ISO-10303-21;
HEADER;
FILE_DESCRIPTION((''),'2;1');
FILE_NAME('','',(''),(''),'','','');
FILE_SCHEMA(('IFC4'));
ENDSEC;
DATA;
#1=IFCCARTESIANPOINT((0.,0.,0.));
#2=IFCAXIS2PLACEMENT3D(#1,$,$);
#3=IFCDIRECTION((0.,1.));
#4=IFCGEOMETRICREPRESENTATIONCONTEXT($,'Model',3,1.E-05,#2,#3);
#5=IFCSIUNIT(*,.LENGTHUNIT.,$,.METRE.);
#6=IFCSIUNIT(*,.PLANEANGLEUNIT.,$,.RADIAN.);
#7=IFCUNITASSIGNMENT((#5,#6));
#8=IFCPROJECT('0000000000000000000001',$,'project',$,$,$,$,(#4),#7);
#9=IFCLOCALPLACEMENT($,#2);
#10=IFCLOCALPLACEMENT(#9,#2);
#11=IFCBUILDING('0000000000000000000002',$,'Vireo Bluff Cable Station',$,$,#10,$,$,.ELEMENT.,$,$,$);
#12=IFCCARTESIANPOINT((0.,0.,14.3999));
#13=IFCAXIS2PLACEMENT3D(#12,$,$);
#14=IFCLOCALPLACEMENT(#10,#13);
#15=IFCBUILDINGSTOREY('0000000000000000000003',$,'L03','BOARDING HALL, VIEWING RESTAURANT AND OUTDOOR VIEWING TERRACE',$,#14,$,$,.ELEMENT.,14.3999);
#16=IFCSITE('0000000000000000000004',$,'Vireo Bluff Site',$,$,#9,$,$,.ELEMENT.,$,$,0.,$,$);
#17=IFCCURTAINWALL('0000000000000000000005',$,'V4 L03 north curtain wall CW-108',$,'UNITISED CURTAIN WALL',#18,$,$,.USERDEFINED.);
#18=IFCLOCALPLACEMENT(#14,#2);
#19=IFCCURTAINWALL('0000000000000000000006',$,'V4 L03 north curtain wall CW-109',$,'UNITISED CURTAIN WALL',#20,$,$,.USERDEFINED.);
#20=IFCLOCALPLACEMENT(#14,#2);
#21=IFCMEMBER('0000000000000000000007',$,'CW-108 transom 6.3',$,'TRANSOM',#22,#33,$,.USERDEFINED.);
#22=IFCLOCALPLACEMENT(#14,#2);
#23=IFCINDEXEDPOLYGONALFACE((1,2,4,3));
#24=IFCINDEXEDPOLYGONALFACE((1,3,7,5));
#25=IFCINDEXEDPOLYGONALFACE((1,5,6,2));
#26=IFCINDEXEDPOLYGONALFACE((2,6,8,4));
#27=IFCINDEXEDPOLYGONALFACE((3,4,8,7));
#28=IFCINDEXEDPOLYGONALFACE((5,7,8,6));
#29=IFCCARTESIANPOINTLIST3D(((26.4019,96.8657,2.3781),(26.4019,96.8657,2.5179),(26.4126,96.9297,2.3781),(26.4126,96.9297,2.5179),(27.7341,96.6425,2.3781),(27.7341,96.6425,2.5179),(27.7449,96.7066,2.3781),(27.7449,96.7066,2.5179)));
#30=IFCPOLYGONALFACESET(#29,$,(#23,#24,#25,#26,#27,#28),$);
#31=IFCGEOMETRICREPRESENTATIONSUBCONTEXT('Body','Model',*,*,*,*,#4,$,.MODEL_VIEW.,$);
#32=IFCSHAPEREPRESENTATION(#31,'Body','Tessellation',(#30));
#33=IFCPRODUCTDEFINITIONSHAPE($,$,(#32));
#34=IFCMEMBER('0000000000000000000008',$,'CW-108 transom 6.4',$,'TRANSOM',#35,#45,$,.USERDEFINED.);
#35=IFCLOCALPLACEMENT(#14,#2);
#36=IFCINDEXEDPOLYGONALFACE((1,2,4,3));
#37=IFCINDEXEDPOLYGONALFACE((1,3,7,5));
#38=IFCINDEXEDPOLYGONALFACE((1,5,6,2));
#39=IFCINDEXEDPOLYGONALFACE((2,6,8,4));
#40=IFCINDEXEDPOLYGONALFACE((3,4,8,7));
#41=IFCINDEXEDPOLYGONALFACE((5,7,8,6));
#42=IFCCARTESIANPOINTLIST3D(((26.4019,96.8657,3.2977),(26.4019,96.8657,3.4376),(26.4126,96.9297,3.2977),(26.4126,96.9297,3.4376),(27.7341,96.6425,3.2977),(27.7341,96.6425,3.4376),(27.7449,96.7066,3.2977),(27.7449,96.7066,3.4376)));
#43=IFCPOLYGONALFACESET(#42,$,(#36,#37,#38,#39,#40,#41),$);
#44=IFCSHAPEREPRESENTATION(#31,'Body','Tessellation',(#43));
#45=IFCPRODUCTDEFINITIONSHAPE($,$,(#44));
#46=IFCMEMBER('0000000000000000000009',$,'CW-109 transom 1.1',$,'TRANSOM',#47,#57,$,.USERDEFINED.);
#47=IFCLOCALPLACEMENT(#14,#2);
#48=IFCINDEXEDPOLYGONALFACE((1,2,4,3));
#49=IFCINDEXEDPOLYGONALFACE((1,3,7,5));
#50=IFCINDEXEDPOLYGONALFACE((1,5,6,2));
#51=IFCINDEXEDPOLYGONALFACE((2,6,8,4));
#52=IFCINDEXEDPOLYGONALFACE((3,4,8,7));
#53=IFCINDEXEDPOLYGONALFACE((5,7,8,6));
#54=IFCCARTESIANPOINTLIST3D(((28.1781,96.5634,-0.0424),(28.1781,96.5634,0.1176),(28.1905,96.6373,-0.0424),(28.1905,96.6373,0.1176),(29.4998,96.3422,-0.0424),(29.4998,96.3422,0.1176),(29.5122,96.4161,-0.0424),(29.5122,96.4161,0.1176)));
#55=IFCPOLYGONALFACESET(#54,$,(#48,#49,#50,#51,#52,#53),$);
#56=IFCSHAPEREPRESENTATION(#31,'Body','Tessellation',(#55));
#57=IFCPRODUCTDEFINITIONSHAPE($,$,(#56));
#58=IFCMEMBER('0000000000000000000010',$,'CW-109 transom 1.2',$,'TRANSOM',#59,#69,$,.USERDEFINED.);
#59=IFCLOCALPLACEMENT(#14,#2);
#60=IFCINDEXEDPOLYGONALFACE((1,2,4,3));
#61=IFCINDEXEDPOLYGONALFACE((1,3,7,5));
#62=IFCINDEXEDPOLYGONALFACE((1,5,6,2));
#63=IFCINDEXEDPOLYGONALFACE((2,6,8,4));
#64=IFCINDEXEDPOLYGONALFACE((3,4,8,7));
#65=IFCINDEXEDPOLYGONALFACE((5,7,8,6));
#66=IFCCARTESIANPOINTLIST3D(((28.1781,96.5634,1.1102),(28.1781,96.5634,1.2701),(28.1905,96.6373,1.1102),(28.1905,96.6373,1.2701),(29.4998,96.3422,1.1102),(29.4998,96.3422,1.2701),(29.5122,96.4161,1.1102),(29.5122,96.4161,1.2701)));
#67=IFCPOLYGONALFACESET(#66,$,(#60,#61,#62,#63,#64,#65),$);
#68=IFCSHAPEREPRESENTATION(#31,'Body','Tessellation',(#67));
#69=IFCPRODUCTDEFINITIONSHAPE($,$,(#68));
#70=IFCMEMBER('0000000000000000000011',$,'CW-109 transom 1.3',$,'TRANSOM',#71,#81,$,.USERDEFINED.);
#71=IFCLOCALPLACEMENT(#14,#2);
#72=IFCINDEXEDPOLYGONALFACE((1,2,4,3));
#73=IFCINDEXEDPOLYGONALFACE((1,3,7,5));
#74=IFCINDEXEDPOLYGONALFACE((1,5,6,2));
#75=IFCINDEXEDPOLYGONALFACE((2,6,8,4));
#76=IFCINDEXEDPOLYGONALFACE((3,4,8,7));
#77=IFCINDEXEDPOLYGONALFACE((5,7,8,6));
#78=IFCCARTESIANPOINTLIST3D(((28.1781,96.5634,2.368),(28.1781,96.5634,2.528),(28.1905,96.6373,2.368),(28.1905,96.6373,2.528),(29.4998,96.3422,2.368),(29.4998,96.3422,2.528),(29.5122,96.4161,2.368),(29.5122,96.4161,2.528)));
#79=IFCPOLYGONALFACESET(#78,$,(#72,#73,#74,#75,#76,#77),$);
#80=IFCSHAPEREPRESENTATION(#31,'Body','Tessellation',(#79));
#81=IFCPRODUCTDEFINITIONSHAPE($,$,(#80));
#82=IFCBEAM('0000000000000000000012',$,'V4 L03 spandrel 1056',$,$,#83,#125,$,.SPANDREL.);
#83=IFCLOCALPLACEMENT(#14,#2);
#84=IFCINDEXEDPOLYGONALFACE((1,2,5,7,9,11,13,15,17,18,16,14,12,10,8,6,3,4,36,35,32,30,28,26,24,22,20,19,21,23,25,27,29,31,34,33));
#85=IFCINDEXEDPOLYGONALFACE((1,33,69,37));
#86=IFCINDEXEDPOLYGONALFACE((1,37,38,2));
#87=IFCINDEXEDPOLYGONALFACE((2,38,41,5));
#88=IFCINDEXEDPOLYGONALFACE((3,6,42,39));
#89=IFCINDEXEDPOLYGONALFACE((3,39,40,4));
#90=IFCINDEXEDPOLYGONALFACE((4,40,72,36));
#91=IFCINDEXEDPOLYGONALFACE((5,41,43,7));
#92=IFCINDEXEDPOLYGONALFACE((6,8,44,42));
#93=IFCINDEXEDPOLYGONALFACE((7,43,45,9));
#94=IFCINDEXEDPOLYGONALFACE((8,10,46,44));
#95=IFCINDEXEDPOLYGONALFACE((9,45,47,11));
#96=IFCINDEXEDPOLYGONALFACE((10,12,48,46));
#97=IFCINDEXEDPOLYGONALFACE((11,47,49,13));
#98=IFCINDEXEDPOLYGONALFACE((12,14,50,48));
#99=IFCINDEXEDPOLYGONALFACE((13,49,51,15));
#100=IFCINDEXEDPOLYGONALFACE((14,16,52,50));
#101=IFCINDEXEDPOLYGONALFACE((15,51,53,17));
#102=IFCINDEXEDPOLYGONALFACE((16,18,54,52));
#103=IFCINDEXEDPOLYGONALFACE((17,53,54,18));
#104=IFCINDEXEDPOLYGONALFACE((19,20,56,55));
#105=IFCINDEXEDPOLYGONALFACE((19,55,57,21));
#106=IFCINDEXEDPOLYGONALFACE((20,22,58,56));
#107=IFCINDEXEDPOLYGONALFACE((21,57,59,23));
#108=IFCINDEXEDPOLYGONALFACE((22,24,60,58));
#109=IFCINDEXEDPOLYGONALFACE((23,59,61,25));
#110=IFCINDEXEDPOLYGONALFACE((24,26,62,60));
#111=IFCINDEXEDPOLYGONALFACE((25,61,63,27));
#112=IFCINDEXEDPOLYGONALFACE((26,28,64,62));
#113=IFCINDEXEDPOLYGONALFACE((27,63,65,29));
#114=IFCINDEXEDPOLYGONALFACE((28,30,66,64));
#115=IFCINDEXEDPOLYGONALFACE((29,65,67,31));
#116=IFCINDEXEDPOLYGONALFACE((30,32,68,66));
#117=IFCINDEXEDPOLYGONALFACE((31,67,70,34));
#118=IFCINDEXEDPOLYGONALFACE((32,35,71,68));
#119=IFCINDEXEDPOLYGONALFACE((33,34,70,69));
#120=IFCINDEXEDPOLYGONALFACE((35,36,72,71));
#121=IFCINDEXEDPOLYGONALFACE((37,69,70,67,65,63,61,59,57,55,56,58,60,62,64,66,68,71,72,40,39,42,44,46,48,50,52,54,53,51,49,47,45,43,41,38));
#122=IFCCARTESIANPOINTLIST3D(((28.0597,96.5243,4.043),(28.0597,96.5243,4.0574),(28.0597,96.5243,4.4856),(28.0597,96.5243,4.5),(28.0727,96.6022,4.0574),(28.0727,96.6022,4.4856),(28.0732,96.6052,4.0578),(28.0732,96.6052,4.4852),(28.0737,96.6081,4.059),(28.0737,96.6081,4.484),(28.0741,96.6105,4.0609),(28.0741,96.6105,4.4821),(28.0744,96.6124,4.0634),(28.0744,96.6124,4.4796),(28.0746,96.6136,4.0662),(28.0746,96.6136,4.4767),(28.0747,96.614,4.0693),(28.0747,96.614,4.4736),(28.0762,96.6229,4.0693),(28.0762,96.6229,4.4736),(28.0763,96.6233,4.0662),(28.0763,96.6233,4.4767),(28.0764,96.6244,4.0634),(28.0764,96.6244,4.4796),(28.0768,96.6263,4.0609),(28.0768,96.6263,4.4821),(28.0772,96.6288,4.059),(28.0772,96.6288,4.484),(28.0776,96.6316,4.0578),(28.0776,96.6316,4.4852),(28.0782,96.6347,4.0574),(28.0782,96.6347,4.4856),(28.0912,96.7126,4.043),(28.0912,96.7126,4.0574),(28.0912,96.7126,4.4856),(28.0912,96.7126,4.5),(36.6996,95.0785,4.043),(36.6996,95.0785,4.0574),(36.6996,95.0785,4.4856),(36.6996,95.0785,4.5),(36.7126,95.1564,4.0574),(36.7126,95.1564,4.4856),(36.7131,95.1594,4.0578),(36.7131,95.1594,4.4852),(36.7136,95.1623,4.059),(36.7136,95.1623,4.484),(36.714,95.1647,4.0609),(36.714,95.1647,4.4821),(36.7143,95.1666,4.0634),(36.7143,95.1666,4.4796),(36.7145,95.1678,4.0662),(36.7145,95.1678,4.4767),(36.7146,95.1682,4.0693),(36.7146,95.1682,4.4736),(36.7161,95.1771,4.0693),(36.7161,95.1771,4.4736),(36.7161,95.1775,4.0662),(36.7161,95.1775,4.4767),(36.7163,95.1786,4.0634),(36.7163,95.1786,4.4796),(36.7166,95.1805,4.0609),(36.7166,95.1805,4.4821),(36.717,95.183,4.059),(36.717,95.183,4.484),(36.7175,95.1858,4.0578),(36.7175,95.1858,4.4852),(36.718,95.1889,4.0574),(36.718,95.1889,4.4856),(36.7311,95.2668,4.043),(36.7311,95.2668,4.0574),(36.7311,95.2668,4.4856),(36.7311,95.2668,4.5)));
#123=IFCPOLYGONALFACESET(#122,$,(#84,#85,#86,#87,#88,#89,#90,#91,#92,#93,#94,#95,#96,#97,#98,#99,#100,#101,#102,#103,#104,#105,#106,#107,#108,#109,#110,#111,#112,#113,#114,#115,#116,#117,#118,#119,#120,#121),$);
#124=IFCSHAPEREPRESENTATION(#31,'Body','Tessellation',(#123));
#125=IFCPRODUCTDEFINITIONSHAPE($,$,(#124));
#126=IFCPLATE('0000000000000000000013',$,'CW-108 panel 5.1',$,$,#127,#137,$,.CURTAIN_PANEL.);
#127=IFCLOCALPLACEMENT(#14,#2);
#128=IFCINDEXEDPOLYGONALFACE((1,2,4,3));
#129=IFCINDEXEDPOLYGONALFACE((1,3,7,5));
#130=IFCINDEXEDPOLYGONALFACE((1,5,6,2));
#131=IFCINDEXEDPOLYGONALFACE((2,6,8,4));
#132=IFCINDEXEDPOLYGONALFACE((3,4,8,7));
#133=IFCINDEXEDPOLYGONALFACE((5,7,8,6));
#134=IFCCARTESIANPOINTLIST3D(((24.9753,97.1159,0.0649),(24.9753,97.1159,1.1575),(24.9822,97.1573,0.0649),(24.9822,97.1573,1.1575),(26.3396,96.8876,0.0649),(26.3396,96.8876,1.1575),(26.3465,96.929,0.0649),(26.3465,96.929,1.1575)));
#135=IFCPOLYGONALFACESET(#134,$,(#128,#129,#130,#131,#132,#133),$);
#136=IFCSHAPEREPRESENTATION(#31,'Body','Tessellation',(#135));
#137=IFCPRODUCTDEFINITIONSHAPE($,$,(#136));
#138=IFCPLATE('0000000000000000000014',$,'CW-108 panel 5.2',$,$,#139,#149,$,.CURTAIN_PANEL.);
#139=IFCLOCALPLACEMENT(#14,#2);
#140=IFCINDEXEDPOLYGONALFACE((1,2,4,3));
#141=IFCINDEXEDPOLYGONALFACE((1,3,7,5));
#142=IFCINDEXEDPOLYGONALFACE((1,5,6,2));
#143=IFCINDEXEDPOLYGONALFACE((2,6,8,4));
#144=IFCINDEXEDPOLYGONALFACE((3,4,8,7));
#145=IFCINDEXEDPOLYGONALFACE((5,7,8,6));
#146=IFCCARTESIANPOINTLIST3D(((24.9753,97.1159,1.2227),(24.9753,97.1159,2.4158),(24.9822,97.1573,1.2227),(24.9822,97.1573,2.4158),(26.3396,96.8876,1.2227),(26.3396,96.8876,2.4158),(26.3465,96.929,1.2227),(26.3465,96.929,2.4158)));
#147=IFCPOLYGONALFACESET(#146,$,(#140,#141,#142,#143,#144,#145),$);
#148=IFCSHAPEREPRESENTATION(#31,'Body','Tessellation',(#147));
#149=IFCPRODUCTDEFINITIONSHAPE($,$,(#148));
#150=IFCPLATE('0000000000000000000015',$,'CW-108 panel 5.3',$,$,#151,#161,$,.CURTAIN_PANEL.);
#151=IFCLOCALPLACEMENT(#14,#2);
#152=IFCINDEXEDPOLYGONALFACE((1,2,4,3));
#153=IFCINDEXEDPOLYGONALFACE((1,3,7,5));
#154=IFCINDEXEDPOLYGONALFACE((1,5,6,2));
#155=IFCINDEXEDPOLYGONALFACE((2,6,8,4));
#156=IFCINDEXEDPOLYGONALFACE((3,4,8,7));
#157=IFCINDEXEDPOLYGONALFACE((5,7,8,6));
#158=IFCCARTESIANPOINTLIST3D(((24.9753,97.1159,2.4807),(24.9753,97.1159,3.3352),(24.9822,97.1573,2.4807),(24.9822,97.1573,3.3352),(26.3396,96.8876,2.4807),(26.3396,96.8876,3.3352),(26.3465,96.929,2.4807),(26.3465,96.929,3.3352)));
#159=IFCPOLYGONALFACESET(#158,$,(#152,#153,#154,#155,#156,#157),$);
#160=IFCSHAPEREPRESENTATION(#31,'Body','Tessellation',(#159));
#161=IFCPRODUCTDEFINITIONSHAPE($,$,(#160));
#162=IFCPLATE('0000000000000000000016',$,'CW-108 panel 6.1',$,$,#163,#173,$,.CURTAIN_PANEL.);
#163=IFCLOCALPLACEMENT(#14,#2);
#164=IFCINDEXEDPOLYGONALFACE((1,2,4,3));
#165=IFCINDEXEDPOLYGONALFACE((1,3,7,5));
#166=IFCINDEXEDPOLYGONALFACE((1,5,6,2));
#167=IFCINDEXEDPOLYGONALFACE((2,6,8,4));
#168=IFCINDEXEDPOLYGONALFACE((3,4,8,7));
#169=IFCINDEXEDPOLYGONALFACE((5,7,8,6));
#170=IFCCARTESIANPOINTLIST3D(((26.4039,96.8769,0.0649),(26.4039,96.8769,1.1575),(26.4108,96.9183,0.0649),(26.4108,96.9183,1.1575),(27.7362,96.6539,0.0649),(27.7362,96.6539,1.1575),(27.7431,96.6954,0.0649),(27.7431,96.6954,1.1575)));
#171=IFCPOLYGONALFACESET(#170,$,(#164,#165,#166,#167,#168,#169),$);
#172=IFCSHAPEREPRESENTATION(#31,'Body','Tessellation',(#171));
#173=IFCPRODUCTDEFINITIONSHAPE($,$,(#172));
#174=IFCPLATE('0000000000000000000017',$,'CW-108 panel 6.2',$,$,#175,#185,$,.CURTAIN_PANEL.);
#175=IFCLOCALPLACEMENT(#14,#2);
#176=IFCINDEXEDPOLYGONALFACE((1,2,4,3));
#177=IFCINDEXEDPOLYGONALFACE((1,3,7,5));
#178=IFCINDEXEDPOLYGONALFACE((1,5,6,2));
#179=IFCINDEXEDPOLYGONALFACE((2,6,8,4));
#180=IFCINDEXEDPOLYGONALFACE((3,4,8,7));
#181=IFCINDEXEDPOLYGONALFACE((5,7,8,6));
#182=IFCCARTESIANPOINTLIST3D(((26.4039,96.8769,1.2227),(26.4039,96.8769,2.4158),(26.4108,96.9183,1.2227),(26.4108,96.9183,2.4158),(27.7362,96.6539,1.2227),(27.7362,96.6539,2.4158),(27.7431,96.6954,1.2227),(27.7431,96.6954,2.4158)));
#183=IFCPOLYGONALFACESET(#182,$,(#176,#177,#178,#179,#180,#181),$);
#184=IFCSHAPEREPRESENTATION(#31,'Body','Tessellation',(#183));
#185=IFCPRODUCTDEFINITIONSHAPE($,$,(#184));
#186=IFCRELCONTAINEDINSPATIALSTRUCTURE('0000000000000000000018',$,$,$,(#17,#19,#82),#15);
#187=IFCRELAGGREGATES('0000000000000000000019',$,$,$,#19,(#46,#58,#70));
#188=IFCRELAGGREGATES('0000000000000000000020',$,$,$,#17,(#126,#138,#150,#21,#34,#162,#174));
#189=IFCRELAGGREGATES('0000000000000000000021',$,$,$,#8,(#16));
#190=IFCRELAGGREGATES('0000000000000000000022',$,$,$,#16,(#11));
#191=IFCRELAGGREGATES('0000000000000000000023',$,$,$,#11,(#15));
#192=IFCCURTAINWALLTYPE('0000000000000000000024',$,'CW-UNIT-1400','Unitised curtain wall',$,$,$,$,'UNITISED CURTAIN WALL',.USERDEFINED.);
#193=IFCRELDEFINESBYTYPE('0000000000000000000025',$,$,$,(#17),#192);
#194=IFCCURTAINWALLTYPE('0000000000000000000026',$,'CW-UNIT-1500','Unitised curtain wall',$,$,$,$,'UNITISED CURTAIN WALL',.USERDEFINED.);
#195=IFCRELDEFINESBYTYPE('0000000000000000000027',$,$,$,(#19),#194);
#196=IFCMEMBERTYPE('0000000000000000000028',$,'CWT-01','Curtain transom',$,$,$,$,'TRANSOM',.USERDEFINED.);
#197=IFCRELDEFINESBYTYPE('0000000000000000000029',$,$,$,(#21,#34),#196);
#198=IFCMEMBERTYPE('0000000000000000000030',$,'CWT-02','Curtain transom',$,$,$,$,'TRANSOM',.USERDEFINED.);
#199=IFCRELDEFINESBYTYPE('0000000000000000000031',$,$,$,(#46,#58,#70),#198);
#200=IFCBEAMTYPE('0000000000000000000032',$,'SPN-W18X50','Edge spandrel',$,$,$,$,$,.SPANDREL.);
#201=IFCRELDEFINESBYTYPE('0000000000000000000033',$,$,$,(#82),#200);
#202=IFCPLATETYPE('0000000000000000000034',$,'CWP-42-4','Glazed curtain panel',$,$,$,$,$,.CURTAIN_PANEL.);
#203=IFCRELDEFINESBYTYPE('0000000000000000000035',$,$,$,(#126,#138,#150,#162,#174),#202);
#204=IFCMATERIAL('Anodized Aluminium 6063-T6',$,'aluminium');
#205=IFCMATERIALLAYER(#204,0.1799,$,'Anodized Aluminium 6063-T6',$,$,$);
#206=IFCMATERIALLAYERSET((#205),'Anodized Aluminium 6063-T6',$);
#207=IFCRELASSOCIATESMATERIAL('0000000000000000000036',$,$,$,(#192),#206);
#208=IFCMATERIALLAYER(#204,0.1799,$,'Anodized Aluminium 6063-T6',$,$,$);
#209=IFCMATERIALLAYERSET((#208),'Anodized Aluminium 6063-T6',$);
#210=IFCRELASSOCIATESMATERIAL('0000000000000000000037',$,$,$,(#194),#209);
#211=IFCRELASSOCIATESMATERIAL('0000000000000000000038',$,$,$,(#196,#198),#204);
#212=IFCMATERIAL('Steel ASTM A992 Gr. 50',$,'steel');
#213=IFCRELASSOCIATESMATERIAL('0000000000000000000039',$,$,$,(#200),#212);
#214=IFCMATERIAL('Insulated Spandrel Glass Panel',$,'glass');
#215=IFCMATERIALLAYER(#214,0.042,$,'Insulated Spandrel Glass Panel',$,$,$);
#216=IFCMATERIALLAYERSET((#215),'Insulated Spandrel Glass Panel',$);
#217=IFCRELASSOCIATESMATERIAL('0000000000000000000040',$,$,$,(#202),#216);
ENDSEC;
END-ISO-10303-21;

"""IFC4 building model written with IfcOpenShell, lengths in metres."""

from ifc_helpers import new_model, si_unit, direction, frame, origin, origin_2d, place, context, subcontext, project, spatial, rectangle, i_section, extrude, material, layer, layer_set, material_profile, profile_set, type_object, element, aggregate, save


model = new_model("IFC4")

# Units and contexts
model_context = context("Model", 3, precision=1e-05, world=origin(), true_north=direction((0.0, 1.0)))
body_context = subcontext(model_context, "Body", "Model", "MODEL_VIEW")
ifc_project = project(units=[si_unit("LENGTHUNIT", "METRE"), si_unit("PLANEANGLEUNIT", "RADIAN")], contexts=[model_context])

# Site, building, storey
site_placement = place(None, origin())
site = spatial("IfcSite", under=ifc_project, at=site_placement, Name="Vireo Bluff Site", CompositionType="ELEMENT", RefElevation=0.0)
building_placement = place(site_placement, origin())
building = spatial("IfcBuilding", under=site, at=building_placement, Name="Vireo Bluff Cable Station", CompositionType="ELEMENT")
storey_placement = place(building_placement, frame((0.0, 0.0, 14.3999)))
storey = spatial("IfcBuildingStorey", under=building, at=storey_placement, Name="L03", Description="BOARDING HALL, VIEWING RESTAURANT AND OUTDOOR VIEWING TERRACE", CompositionType="ELEMENT", Elevation=14.3999)

# Shared definitions
ifc_material_1 = material(Name="Steel ASTM A992 Gr. 50", Category="steel")

# Curtain wall
ifc_material_2 = material(Name="Anodized Aluminium 6063-T6", Category="aluminium")
ifc_layer_1 = layer(ifc_material_2, 0.1799, Name="Anodized Aluminium 6063-T6")
ifc_layer_set_1 = layer_set([ifc_layer_1], Name="Anodized Aluminium 6063-T6")
curtain_wall_type_1 = type_object("IfcCurtainWallType", Name="CW-UNIT-1400", Description="Unitised curtain wall", ElementType="UNITISED CURTAIN WALL", PredefinedType="USERDEFINED", material=ifc_layer_set_1)
curtain_wall_1_placement = place(storey_placement, origin())
curtain_wall_1 = element("IfcCurtainWall", 1, at=curtain_wall_1_placement, inside=storey, type_object=curtain_wall_type_1, Name="V4 L03 north curtain wall CW-108", ObjectType="UNITISED CURTAIN WALL", PredefinedType="USERDEFINED")

# Curtain wall
ifc_layer_2 = layer(ifc_material_2, 0.1799, Name="Anodized Aluminium 6063-T6")
ifc_layer_set_2 = layer_set([ifc_layer_2], Name="Anodized Aluminium 6063-T6")
curtain_wall_type_2 = type_object("IfcCurtainWallType", Name="CW-UNIT-1500", Description="Unitised curtain wall", ElementType="UNITISED CURTAIN WALL", PredefinedType="USERDEFINED", material=ifc_layer_set_2)
curtain_wall_2_placement = place(storey_placement, origin())
curtain_wall_2 = element("IfcCurtainWall", 2, at=curtain_wall_2_placement, inside=storey, type_object=curtain_wall_type_2, Name="V4 L03 north curtain wall CW-109", ObjectType="UNITISED CURTAIN WALL", PredefinedType="USERDEFINED")

# Members
ifc_material_profile_1 = material_profile(ifc_material_2, rectangle(XDim=0.0649, YDim=0.1399, at=origin_2d()), Name="ALU-T-65X140")
ifc_profile_set_1 = profile_set([ifc_material_profile_1], Name="Anodized Aluminium 6063-T6")
member_type_1 = type_object("IfcMemberType", Name="CWT-01", Description="Curtain transom", ElementType="TRANSOM", PredefinedType="USERDEFINED", material=ifc_profile_set_1)
member_1_placement = place(storey_placement, frame((26.4072, 96.8977, 2.448), z_axis=(0.986262, -0.16519, 0.0), x_axis=(0.16519, 0.986262, 0.0)))
member_1 = element("IfcMember", 3, at=member_1_placement, type_object=member_type_1, Name="CW-108 transom 6.3", ObjectType="TRANSOM", PredefinedType="USERDEFINED", context=body_context, shape_type="SweptSolid", body=[
    extrude(rectangle(XDim=0.0649, YDim=0.1399, at=origin_2d()), origin(), (0.0, 0.0, 1.0), 1.3508),
])
member_2_placement = place(storey_placement, frame((26.4072, 96.8977, 3.3677), z_axis=(0.986262, -0.16519, 0.0), x_axis=(0.16519, 0.986262, 0.0)))
member_2 = element("IfcMember", 4, at=member_2_placement, type_object=member_type_1, Name="CW-108 transom 6.4", ObjectType="TRANSOM", PredefinedType="USERDEFINED", context=body_context, shape_type="SweptSolid", body=[
    extrude(rectangle(XDim=0.0649, YDim=0.1399, at=origin_2d()), origin(), (0.0, 0.0, 1.0), 1.3508),
])
ifc_material_profile_2 = material_profile(ifc_material_2, rectangle(XDim=0.075, YDim=0.1599, at=origin_2d()), Name="ALU-T-75X160")
ifc_profile_set_2 = profile_set([ifc_material_profile_2], Name="Anodized Aluminium 6063-T6")
member_type_2 = type_object("IfcMemberType", Name="CWT-02", Description="Curtain transom", ElementType="TRANSOM", PredefinedType="USERDEFINED", material=ifc_profile_set_2)
member_3_placement = place(storey_placement, frame((28.1843, 96.6003, 0.0376), z_axis=(0.986285, -0.165049, 0.0), x_axis=(0.165049, 0.986285, 0.0)))
member_3 = element("IfcMember", 5, at=member_3_placement, type_object=member_type_2, Name="CW-109 transom 1.1", ObjectType="TRANSOM", PredefinedType="USERDEFINED", context=body_context, shape_type="SweptSolid", body=[
    extrude(rectangle(XDim=0.075, YDim=0.1599, at=origin_2d()), origin(), (0.0, 0.0, 1.0), 1.3401),
])
member_4_placement = place(storey_placement, frame((28.1843, 96.6003, 1.1902), z_axis=(0.986285, -0.165049, 0.0), x_axis=(0.165049, 0.986285, 0.0)))
member_4 = element("IfcMember", 6, at=member_4_placement, type_object=member_type_2, Name="CW-109 transom 1.2", ObjectType="TRANSOM", PredefinedType="USERDEFINED", context=body_context, shape_type="SweptSolid", body=[
    extrude(rectangle(XDim=0.075, YDim=0.1599, at=origin_2d()), origin(), (0.0, 0.0, 1.0), 1.3401),
])
member_5_placement = place(storey_placement, frame((28.1843, 96.6003, 2.448), z_axis=(0.986285, -0.165049, 0.0), x_axis=(0.165049, 0.986285, 0.0)))
member_5 = element("IfcMember", 7, at=member_5_placement, type_object=member_type_2, Name="CW-109 transom 1.3", ObjectType="TRANSOM", PredefinedType="USERDEFINED", context=body_context, shape_type="SweptSolid", body=[
    extrude(rectangle(XDim=0.075, YDim=0.1599, at=origin_2d()), origin(), (0.0, 0.0, 1.0), 1.3401),
])
aggregate(curtain_wall_2, [member_3, member_4, member_5])

# Beam
ifc_material_profile_3 = material_profile(ifc_material_1, i_section(OverallWidth=0.1909, OverallDepth=0.457, WebThickness=0.009, FlangeThickness=0.0144, FilletRadius=0.012, at=origin_2d()), Name="W18X50")
ifc_profile_set_3 = profile_set([ifc_material_profile_3], Name="Steel ASTM A992 Gr. 50")
beam_type = type_object("IfcBeamType", Name="SPN-W18X50", Description="Edge spandrel", PredefinedType="SPANDREL", material=ifc_profile_set_3)
beam_placement = place(storey_placement, frame((28.0754, 96.6184, 4.2715), z_axis=(0.986286, -0.165045, 0.0), x_axis=(0.165045, 0.986286, 0.0)))
element("IfcBeam", 8, at=beam_placement, inside=storey, type_object=beam_type, Name="V4 L03 spandrel 1056", PredefinedType="SPANDREL", context=body_context, shape_type="SweptSolid", body=[
    extrude(i_section(OverallWidth=0.1909, OverallDepth=0.457, WebThickness=0.009, FlangeThickness=0.0144, FilletRadius=0.012, at=origin_2d()), origin(), (0.0, 0.0, 1.0), 8.76),
])

# Plates
ifc_material_3 = material(Name="Insulated Spandrel Glass Panel", Category="glass")
ifc_layer_3 = layer(ifc_material_3, 0.042, Name="Insulated Spandrel Glass Panel")
ifc_layer_set_3 = layer_set([ifc_layer_3], Name="Insulated Spandrel Glass Panel")
plate_type = type_object("IfcPlateType", Name="CWP-42-4", Description="Glazed curtain panel", PredefinedType="CURTAIN_PANEL", material=ifc_layer_set_3)
plate_1_placement = place(storey_placement, frame((25.6609, 97.0225, 0.0649), z_axis=(0.0, 0.0, 1.0), x_axis=(0.986286, -0.165048, 0.0)))
plate_1 = element("IfcPlate", 9, at=plate_1_placement, type_object=plate_type, Name="CW-108 panel 5.1", PredefinedType="CURTAIN_PANEL", context=body_context, shape_type="SweptSolid", body=[
    extrude(rectangle(XDim=1.3833, YDim=0.042, at=origin_2d()), origin(), (0.0, 0.0, 1.0), 1.0925),
])
plate_2_placement = place(storey_placement, frame((25.6609, 97.0225, 1.2227), z_axis=(0.0, 0.0, 1.0), x_axis=(0.986286, -0.165048, 0.0)))
plate_2 = element("IfcPlate", 10, at=plate_2_placement, type_object=plate_type, Name="CW-108 panel 5.2", PredefinedType="CURTAIN_PANEL", context=body_context, shape_type="SweptSolid", body=[
    extrude(rectangle(XDim=1.3833, YDim=0.042, at=origin_2d()), origin(), (0.0, 0.0, 1.0), 1.1931),
])
plate_3_placement = place(storey_placement, frame((25.6609, 97.0225, 2.4807), z_axis=(0.0, 0.0, 1.0), x_axis=(0.986286, -0.165048, 0.0)))
plate_3 = element("IfcPlate", 11, at=plate_3_placement, type_object=plate_type, Name="CW-108 panel 5.3", PredefinedType="CURTAIN_PANEL", context=body_context, shape_type="SweptSolid", body=[
    extrude(rectangle(XDim=1.3833, YDim=0.042, at=origin_2d()), origin(), (0.0, 0.0, 1.0), 0.8545),
])
plate_4_placement = place(storey_placement, frame((27.0735, 96.7861, 0.0649), z_axis=(0.0, 0.0, 1.0), x_axis=(0.986286, -0.165048, 0.0)))
plate_4 = element("IfcPlate", 12, at=plate_4_placement, type_object=plate_type, Name="CW-108 panel 6.1", PredefinedType="CURTAIN_PANEL", context=body_context, shape_type="SweptSolid", body=[
    extrude(rectangle(XDim=1.3508, YDim=0.042, at=origin_2d()), origin(), (0.0, 0.0, 1.0), 1.0925),
])
plate_5_placement = place(storey_placement, frame((27.0735, 96.7861, 1.2227), z_axis=(0.0, 0.0, 1.0), x_axis=(0.986286, -0.165048, 0.0)))
plate_5 = element("IfcPlate", 13, at=plate_5_placement, type_object=plate_type, Name="CW-108 panel 6.2", PredefinedType="CURTAIN_PANEL", context=body_context, shape_type="SweptSolid", body=[
    extrude(rectangle(XDim=1.3508, YDim=0.042, at=origin_2d()), origin(), (0.0, 0.0, 1.0), 1.1931),
])
aggregate(curtain_wall_1, [plate_1, plate_2, plate_3, member_1, member_2, plate_4, plate_5])

save(model, "model.ifc")
